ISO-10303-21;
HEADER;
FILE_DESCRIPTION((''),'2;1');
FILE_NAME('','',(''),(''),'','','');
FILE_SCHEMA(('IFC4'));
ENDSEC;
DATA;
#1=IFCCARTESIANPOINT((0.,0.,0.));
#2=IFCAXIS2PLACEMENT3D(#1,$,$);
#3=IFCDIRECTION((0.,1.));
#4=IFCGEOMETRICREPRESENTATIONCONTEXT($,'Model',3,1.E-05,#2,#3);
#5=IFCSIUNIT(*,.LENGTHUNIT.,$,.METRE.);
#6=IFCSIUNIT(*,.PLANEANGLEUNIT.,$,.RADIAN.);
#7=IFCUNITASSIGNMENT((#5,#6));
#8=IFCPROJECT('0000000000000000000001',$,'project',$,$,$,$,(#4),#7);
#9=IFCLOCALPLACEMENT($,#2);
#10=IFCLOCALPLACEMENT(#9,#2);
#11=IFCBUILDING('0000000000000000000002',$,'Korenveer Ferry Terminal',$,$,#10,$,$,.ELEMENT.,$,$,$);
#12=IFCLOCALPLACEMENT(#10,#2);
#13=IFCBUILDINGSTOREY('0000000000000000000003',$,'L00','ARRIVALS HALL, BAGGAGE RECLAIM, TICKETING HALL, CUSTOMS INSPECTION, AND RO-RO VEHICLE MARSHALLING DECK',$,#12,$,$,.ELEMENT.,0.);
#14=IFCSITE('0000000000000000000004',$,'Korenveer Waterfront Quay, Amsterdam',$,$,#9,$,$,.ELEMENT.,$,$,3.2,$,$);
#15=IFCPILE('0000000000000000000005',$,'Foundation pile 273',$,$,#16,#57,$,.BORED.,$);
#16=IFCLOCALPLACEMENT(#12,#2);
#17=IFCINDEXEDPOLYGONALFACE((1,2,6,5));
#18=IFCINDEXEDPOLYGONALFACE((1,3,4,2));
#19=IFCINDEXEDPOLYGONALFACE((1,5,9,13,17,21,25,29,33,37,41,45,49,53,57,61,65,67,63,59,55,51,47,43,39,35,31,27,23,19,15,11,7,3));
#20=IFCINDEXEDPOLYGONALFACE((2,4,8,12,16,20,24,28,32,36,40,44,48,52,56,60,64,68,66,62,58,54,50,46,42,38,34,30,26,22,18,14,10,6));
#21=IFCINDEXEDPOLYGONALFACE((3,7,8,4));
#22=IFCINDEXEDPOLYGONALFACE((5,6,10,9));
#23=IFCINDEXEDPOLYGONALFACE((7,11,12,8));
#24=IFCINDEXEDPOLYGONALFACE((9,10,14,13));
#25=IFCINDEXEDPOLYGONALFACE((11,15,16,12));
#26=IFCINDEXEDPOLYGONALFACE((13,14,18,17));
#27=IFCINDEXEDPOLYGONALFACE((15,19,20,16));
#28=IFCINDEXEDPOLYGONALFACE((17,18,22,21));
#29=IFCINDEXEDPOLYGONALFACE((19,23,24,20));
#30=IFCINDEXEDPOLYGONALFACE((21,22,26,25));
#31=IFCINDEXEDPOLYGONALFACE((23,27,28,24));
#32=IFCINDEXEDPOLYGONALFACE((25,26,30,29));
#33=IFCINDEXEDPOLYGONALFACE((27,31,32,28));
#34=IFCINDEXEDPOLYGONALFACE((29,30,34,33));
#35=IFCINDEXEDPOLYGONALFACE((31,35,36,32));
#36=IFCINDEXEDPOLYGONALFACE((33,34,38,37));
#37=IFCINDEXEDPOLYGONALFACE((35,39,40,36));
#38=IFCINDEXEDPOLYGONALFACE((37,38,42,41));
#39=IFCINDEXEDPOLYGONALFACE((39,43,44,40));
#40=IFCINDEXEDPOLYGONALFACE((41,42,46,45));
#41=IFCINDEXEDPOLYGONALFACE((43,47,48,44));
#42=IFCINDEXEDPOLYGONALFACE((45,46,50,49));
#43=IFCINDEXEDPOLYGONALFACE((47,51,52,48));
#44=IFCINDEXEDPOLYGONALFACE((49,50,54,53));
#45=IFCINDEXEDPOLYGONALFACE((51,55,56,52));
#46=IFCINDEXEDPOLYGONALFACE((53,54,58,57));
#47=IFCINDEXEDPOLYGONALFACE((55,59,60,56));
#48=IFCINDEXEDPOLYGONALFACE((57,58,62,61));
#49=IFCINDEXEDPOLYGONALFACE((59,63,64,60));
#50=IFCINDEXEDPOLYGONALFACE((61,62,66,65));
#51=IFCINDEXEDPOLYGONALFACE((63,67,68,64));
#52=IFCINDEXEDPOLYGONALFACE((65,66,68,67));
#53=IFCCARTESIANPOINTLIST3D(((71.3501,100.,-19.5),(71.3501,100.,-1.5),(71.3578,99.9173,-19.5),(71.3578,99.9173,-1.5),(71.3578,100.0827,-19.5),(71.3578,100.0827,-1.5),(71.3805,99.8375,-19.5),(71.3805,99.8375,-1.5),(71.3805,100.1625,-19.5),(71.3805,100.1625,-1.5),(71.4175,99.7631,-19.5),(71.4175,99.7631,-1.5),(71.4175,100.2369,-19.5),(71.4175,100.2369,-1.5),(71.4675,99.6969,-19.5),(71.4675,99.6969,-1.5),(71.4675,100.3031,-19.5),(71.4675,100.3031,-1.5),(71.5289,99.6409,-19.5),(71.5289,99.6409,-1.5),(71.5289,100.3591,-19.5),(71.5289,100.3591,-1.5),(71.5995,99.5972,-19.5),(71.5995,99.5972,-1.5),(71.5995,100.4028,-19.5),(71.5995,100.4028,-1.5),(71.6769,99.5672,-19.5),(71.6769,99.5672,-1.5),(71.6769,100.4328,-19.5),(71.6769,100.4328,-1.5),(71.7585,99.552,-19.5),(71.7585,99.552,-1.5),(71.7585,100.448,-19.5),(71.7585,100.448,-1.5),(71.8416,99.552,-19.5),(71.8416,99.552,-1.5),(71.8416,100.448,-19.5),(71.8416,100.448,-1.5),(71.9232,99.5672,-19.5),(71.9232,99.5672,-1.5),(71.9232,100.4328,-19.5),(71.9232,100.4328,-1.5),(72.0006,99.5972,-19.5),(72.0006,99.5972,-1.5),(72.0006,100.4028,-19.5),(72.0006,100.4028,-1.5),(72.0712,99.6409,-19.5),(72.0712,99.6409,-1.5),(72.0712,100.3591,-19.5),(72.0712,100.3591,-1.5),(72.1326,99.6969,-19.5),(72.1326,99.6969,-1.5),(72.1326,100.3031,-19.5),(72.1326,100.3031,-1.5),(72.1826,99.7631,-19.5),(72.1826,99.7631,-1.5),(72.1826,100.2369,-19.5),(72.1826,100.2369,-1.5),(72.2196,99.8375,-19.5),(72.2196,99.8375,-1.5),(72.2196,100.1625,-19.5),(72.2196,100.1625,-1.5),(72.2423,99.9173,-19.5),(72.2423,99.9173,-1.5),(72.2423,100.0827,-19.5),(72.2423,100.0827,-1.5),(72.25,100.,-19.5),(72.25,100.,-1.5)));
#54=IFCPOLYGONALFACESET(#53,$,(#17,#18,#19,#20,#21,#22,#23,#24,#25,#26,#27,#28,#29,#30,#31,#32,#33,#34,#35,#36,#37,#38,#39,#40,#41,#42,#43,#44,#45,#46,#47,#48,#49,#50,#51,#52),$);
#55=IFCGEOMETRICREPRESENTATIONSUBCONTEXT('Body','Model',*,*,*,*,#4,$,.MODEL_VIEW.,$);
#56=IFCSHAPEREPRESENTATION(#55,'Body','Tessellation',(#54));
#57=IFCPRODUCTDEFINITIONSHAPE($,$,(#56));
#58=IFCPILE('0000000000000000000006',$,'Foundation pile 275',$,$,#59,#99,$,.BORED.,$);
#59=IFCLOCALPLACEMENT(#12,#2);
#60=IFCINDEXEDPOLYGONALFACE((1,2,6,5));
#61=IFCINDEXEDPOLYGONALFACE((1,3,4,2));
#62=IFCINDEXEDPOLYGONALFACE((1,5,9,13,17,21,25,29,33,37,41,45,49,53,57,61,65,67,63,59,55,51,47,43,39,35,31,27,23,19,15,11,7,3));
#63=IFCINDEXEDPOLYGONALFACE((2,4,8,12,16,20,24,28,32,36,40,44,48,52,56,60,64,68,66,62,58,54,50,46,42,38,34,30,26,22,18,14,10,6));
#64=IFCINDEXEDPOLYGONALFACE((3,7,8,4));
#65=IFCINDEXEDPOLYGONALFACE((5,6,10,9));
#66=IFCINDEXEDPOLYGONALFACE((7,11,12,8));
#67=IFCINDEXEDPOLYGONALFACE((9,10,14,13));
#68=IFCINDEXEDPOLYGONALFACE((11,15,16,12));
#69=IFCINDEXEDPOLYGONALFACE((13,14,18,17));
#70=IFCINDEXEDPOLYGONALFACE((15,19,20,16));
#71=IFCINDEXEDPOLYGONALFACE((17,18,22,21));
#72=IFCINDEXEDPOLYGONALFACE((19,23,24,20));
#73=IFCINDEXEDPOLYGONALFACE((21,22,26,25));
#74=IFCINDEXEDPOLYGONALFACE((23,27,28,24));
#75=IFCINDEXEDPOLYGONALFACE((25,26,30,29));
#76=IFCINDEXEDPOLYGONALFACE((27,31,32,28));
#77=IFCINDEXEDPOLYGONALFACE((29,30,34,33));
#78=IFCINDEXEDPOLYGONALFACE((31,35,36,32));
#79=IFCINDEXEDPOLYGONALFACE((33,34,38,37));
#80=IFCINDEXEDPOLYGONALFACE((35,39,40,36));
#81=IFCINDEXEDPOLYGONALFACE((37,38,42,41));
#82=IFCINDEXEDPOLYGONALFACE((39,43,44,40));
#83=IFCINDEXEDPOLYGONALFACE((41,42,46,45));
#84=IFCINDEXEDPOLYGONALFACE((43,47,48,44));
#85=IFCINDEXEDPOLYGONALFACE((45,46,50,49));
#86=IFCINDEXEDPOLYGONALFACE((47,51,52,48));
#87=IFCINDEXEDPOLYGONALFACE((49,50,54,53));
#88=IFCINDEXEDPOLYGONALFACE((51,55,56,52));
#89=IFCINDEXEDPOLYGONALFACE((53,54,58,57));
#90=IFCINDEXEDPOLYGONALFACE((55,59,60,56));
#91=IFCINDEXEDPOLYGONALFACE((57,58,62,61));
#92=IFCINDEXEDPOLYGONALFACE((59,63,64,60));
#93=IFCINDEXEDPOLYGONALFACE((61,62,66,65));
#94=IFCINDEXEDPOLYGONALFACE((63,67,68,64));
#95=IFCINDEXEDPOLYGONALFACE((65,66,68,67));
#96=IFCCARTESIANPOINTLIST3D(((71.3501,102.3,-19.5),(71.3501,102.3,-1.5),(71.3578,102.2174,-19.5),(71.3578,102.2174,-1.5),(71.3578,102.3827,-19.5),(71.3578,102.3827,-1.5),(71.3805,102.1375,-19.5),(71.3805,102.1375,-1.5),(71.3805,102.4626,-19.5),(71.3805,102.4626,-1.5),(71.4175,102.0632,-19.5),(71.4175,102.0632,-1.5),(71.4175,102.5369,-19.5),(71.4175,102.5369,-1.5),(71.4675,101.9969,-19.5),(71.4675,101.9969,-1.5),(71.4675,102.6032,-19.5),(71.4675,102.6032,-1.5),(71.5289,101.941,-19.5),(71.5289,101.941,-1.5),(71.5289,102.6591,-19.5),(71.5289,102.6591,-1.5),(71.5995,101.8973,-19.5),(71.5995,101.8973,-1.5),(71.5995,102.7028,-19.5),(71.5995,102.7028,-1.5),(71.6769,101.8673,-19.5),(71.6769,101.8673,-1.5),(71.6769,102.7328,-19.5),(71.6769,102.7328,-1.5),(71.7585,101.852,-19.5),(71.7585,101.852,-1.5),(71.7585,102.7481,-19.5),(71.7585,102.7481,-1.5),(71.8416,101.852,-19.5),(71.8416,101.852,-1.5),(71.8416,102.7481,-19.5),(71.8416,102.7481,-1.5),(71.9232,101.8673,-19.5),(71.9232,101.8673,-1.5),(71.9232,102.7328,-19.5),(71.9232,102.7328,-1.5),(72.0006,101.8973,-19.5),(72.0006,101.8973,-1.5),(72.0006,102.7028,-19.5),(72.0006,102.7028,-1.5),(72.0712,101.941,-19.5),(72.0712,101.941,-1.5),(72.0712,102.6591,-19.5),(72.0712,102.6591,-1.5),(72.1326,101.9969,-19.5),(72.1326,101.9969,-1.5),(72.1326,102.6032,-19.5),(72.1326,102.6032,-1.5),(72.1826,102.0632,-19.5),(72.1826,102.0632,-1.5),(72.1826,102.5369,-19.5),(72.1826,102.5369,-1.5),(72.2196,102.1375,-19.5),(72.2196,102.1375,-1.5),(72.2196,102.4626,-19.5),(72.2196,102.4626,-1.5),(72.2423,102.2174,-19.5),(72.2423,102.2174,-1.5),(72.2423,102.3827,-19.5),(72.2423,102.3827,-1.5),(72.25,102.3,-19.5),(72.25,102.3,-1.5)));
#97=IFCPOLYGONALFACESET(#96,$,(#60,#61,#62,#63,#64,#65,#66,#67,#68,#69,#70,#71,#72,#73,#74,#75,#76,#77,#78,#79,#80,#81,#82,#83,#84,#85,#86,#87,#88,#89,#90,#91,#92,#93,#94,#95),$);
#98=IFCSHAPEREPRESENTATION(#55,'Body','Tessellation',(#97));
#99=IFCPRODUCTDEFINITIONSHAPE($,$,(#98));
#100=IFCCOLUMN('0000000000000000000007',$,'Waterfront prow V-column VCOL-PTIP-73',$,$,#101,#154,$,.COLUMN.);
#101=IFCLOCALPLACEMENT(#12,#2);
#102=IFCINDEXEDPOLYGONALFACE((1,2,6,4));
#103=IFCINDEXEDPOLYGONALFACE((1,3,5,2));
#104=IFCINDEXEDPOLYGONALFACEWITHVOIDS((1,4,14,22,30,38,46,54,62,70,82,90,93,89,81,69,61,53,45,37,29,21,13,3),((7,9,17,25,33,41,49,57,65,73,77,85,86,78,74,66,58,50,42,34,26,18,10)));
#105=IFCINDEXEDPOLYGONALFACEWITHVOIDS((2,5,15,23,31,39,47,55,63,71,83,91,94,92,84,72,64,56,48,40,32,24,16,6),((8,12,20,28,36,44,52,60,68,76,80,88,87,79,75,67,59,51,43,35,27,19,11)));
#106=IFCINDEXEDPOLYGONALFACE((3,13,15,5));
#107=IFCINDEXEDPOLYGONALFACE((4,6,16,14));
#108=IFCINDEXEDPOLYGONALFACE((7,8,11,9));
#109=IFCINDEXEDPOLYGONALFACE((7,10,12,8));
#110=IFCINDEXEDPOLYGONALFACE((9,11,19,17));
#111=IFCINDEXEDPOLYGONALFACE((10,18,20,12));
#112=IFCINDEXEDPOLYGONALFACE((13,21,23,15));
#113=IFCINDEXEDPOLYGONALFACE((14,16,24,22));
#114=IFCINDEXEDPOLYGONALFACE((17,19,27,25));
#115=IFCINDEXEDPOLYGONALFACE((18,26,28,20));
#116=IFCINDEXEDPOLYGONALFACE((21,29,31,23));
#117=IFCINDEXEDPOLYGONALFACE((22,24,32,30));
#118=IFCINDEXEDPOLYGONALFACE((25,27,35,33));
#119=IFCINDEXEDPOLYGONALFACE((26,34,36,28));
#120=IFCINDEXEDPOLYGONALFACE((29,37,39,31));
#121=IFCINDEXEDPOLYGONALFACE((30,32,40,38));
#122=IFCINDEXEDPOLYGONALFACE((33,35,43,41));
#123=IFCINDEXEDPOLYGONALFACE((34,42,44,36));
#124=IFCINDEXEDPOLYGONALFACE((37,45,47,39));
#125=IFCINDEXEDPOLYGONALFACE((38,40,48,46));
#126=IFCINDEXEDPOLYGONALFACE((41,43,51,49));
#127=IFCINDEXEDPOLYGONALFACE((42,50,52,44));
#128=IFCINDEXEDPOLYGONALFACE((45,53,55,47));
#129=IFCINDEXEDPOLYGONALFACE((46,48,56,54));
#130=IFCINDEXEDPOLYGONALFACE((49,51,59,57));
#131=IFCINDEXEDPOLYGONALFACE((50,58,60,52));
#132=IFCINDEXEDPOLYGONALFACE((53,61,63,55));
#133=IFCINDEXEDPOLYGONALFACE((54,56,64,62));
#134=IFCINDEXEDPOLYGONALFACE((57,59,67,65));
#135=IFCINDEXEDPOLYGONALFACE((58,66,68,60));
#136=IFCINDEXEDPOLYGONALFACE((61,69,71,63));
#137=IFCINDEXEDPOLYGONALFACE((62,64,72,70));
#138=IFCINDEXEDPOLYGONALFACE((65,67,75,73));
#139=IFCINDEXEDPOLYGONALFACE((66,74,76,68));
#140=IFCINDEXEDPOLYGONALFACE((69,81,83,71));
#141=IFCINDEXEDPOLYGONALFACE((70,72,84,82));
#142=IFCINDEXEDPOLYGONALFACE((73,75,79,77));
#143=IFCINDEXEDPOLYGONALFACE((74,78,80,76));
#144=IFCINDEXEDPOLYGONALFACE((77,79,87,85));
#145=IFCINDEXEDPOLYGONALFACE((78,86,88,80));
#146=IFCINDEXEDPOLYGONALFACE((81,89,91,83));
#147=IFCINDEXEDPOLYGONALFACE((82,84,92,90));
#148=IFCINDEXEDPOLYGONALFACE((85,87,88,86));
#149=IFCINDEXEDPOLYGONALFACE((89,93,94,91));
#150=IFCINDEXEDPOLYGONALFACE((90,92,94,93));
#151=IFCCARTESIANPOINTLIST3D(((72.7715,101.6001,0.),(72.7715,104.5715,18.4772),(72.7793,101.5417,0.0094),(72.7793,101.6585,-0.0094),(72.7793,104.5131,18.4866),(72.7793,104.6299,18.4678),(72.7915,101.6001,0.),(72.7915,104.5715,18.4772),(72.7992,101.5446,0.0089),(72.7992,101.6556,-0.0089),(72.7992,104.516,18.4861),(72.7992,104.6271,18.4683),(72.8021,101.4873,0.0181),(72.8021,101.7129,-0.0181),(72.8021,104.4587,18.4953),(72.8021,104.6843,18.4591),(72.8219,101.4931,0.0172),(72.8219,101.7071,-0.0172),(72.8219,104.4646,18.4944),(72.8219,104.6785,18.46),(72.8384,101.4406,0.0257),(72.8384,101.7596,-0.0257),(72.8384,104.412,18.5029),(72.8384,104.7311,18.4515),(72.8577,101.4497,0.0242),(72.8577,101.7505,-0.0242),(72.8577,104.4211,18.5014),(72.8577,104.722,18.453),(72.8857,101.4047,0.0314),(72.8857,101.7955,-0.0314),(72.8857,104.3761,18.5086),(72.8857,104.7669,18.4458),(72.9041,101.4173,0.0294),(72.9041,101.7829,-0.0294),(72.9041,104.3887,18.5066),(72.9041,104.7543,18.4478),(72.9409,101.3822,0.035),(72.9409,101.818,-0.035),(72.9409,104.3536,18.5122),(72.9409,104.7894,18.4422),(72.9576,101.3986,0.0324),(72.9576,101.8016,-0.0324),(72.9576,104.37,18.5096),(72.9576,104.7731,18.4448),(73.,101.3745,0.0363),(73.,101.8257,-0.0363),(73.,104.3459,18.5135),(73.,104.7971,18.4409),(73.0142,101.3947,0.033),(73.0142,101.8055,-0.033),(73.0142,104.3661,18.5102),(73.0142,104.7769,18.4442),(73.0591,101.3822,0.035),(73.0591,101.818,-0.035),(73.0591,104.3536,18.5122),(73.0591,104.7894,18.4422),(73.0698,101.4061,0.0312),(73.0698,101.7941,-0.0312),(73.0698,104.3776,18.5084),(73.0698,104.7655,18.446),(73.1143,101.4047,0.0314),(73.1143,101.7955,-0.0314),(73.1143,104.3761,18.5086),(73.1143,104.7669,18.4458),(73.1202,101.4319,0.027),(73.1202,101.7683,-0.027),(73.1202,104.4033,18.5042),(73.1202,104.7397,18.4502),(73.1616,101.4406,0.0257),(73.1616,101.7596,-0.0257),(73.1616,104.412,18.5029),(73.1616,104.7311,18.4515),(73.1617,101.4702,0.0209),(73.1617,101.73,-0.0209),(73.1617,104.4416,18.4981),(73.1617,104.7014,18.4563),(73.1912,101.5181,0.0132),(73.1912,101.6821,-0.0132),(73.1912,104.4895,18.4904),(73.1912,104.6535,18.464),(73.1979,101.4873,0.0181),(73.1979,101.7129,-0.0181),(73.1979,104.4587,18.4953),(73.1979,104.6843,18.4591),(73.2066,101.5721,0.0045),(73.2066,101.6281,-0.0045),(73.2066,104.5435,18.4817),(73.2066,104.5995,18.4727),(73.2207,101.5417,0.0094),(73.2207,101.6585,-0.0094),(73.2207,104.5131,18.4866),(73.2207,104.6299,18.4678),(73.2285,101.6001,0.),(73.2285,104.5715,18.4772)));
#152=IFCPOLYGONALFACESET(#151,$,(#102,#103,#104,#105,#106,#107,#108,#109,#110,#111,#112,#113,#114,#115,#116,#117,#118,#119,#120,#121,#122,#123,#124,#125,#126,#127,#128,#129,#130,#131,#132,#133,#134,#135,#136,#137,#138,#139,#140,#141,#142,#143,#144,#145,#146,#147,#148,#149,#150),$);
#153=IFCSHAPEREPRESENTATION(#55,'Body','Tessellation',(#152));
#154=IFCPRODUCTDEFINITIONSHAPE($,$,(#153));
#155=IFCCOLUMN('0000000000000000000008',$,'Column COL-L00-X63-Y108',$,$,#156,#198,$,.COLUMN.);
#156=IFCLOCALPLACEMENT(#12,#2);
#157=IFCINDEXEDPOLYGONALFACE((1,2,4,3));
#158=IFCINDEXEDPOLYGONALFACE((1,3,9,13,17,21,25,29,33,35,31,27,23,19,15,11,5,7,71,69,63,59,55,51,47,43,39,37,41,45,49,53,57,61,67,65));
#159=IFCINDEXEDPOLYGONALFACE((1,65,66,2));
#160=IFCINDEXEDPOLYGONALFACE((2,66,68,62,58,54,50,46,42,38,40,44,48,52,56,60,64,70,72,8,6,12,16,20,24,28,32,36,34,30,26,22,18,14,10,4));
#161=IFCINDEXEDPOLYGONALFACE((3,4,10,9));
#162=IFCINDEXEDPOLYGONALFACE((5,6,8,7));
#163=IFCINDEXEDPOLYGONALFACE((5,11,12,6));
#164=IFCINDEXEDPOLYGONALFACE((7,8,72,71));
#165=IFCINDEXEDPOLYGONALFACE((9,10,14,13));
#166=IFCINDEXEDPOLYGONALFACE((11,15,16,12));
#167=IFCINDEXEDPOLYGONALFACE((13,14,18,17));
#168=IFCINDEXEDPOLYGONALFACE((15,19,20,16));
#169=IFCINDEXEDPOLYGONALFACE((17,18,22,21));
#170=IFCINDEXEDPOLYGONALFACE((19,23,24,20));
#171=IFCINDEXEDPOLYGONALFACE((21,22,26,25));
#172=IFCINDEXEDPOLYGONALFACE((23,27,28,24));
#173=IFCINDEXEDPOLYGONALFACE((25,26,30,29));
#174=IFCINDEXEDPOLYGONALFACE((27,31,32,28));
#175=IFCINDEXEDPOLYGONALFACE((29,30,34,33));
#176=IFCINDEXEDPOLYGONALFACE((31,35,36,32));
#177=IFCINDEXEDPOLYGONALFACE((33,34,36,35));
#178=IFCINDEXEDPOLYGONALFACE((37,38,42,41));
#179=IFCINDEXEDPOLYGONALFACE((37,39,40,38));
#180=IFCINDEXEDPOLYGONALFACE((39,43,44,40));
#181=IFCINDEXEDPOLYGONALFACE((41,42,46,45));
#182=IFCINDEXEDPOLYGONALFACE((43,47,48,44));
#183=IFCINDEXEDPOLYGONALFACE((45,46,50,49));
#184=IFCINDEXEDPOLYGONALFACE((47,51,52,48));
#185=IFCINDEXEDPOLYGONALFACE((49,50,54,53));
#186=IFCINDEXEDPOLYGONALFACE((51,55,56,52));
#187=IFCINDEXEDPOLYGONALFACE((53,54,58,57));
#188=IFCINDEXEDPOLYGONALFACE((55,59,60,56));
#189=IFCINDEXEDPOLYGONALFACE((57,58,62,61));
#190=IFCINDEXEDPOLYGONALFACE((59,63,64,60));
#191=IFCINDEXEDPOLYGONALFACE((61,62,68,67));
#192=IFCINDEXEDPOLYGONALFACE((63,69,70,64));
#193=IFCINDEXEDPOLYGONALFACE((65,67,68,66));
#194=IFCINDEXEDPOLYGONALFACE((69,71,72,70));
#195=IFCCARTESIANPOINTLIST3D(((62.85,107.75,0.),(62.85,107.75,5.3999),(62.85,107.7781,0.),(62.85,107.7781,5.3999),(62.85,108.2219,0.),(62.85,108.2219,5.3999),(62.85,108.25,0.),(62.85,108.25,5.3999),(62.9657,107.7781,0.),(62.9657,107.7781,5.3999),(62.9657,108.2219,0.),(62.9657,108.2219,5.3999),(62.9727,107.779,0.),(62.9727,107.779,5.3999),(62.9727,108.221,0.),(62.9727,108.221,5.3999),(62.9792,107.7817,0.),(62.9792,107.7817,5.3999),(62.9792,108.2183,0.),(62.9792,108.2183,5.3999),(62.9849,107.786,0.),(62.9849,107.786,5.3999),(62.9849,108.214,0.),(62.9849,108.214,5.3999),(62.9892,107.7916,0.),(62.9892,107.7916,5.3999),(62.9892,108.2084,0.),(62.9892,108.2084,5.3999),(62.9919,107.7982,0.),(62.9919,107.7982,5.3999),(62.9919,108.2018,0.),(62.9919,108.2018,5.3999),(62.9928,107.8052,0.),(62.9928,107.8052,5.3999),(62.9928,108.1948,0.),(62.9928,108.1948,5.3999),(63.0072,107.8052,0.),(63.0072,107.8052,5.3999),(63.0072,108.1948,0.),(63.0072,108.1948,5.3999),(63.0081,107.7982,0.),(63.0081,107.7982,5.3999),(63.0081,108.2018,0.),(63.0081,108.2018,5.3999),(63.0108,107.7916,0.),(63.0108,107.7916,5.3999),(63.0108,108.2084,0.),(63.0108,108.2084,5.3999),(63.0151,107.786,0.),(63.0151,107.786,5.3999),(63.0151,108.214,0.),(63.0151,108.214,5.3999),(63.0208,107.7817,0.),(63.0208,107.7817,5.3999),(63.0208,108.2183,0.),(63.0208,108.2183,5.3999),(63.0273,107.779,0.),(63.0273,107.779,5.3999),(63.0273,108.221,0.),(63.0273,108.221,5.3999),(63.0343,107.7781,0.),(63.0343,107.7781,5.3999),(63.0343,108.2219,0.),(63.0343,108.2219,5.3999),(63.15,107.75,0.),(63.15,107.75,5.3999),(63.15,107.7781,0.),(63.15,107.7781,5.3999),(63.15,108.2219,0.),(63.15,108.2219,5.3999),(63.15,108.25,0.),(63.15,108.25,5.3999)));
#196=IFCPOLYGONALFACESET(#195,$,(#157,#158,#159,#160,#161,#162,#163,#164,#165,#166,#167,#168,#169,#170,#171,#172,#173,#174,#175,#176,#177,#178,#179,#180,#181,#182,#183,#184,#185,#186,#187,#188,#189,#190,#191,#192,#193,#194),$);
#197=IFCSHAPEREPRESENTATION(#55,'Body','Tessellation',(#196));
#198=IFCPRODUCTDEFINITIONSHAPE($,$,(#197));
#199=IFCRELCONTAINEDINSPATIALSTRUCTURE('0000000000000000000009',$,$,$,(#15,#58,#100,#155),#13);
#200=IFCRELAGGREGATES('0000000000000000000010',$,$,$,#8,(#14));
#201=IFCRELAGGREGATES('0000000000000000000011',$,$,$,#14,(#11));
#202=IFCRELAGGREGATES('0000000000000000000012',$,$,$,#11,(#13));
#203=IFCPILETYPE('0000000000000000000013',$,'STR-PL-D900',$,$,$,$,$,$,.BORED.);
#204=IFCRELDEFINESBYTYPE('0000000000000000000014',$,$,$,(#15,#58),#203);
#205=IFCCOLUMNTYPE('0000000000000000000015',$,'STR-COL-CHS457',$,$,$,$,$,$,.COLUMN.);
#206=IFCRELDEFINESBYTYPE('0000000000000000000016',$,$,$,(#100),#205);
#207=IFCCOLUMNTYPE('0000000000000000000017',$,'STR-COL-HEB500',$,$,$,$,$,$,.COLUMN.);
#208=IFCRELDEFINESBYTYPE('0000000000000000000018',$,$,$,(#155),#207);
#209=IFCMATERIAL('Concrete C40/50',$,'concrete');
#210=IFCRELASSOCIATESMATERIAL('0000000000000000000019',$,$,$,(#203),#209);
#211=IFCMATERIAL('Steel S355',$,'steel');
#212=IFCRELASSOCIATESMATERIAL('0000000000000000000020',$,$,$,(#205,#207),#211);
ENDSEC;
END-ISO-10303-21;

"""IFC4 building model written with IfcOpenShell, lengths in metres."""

from ifc_helpers import new_model, si_unit, direction, frame, origin, origin_2d, place, context, subcontext, project, spatial, circle, hollow_circle, i_section, extrude, material, material_profile, profile_set, type_object, element, save


model = new_model("IFC4")

# Units and contexts
model_context = context("Model", 3, precision=1e-05, world=origin(), true_north=direction((0.0, 1.0)))
body_context = subcontext(model_context, "Body", "Model", "MODEL_VIEW")
ifc_project = project(units=[si_unit("LENGTHUNIT", "METRE"), si_unit("PLANEANGLEUNIT", "RADIAN")], contexts=[model_context])

# Site, building, storey
site_placement = place(None, origin())
site = spatial("IfcSite", under=ifc_project, at=site_placement, Name="Korenveer Waterfront Quay, Amsterdam", CompositionType="ELEMENT", RefElevation=3.2)
building_placement = place(site_placement, origin())
building = spatial("IfcBuilding", under=site, at=building_placement, Name="Korenveer Ferry Terminal", CompositionType="ELEMENT")
storey_placement = place(building_placement, origin())
storey = spatial("IfcBuildingStorey", under=building, at=storey_placement, Name="L00", Description="ARRIVALS HALL, BAGGAGE RECLAIM, TICKETING HALL, CUSTOMS INSPECTION, AND RO-RO VEHICLE MARSHALLING DECK", CompositionType="ELEMENT", Elevation=0.0)

# Shared definitions
ifc_material_1 = material(Name="Concrete C40/50", Category="concrete")

# Piles
ifc_material_profile_1 = material_profile(ifc_material_1, circle(Radius=0.45, at=origin_2d()), Name="PILE D900")
ifc_profile_set_1 = profile_set([ifc_material_profile_1], Name="Concrete C40/50")
pile_type_1 = type_object("IfcPileType", Name="STR-PL-D900", PredefinedType="BORED", material=ifc_profile_set_1)
for number, where, z_axis, x_axis, name in (
    (1, (71.8, 100.0, -1.5), (0.0, 0.0, -1.0), (1.0, 0.0, 0.0), "Foundation pile 273"),
    (2, (71.8, 102.3, -1.5), (0.0, 0.0, -1.0), (1.0, 0.0, 0.0), "Foundation pile 275"),
):
    element("IfcPile", number, at=place(storey_placement, frame(where, z_axis=z_axis, x_axis=x_axis)), inside=storey, type_object=pile_type_1, Name=name, PredefinedType="BORED", context=body_context, shape_type="SweptSolid", body=[
        extrude(circle(Radius=0.45, at=origin_2d()), origin(), (0.0, 0.0, 1.0), 18.0),
    ])

# Columns
ifc_material_2 = material(Name="Steel S355", Category="steel")
ifc_material_profile_2 = material_profile(ifc_material_2, hollow_circle(Radius=0.2285, WallThickness=0.02, at=origin_2d()), Name="CHS 457x20")
ifc_profile_set_2 = profile_set([ifc_material_profile_2], Name="Steel S355")
column_type_1 = type_object("IfcColumnType", Name="STR-COL-CHS457", PredefinedType="COLUMN", material=ifc_profile_set_2)
column_placement = place(storey_placement, frame((73.0, 101.6001, 0.0), z_axis=(0.0, 0.158776, 0.987315), x_axis=(-1.0, 0.0, 0.0)))
element("IfcColumn", 3, at=column_placement, inside=storey, type_object=column_type_1, Name="Waterfront prow V-column VCOL-PTIP-73", PredefinedType="COLUMN", context=body_context, shape_type="SweptSolid", body=[
    extrude(hollow_circle(Radius=0.2285, WallThickness=0.02, at=origin_2d()), origin(), (0.0, 0.0, 1.0), 18.7146),
])
ifc_material_profile_3 = material_profile(ifc_material_2, i_section(OverallWidth=0.3, OverallDepth=0.5, WebThickness=0.0144, FlangeThickness=0.0281, FilletRadius=0.0271, at=origin_2d()), Name="HEB 500")
ifc_profile_set_3 = profile_set([ifc_material_profile_3], Name="Steel S355")
column_type_2 = type_object("IfcColumnType", Name="STR-COL-HEB500", PredefinedType="COLUMN", material=ifc_profile_set_3)
for number, where, z_axis, x_axis, name in (
    (4, (63.0, 108.0, 0.0), (0.0, 0.0, 1.0), (1.0, 0.0, 0.0), "Column COL-L00-X63-Y108"),
):
    element("IfcColumn", number, at=place(storey_placement, frame(where, z_axis=z_axis, x_axis=x_axis)), inside=storey, type_object=column_type_2, Name=name, PredefinedType="COLUMN", context=body_context, shape_type="SweptSolid", body=[
        extrude(i_section(OverallWidth=0.3, OverallDepth=0.5, WebThickness=0.0144, FlangeThickness=0.0281, FilletRadius=0.0271, at=origin_2d()), origin(), (0.0, 0.0, 1.0), 5.3999),
    ])

save(model, "model.ifc")
